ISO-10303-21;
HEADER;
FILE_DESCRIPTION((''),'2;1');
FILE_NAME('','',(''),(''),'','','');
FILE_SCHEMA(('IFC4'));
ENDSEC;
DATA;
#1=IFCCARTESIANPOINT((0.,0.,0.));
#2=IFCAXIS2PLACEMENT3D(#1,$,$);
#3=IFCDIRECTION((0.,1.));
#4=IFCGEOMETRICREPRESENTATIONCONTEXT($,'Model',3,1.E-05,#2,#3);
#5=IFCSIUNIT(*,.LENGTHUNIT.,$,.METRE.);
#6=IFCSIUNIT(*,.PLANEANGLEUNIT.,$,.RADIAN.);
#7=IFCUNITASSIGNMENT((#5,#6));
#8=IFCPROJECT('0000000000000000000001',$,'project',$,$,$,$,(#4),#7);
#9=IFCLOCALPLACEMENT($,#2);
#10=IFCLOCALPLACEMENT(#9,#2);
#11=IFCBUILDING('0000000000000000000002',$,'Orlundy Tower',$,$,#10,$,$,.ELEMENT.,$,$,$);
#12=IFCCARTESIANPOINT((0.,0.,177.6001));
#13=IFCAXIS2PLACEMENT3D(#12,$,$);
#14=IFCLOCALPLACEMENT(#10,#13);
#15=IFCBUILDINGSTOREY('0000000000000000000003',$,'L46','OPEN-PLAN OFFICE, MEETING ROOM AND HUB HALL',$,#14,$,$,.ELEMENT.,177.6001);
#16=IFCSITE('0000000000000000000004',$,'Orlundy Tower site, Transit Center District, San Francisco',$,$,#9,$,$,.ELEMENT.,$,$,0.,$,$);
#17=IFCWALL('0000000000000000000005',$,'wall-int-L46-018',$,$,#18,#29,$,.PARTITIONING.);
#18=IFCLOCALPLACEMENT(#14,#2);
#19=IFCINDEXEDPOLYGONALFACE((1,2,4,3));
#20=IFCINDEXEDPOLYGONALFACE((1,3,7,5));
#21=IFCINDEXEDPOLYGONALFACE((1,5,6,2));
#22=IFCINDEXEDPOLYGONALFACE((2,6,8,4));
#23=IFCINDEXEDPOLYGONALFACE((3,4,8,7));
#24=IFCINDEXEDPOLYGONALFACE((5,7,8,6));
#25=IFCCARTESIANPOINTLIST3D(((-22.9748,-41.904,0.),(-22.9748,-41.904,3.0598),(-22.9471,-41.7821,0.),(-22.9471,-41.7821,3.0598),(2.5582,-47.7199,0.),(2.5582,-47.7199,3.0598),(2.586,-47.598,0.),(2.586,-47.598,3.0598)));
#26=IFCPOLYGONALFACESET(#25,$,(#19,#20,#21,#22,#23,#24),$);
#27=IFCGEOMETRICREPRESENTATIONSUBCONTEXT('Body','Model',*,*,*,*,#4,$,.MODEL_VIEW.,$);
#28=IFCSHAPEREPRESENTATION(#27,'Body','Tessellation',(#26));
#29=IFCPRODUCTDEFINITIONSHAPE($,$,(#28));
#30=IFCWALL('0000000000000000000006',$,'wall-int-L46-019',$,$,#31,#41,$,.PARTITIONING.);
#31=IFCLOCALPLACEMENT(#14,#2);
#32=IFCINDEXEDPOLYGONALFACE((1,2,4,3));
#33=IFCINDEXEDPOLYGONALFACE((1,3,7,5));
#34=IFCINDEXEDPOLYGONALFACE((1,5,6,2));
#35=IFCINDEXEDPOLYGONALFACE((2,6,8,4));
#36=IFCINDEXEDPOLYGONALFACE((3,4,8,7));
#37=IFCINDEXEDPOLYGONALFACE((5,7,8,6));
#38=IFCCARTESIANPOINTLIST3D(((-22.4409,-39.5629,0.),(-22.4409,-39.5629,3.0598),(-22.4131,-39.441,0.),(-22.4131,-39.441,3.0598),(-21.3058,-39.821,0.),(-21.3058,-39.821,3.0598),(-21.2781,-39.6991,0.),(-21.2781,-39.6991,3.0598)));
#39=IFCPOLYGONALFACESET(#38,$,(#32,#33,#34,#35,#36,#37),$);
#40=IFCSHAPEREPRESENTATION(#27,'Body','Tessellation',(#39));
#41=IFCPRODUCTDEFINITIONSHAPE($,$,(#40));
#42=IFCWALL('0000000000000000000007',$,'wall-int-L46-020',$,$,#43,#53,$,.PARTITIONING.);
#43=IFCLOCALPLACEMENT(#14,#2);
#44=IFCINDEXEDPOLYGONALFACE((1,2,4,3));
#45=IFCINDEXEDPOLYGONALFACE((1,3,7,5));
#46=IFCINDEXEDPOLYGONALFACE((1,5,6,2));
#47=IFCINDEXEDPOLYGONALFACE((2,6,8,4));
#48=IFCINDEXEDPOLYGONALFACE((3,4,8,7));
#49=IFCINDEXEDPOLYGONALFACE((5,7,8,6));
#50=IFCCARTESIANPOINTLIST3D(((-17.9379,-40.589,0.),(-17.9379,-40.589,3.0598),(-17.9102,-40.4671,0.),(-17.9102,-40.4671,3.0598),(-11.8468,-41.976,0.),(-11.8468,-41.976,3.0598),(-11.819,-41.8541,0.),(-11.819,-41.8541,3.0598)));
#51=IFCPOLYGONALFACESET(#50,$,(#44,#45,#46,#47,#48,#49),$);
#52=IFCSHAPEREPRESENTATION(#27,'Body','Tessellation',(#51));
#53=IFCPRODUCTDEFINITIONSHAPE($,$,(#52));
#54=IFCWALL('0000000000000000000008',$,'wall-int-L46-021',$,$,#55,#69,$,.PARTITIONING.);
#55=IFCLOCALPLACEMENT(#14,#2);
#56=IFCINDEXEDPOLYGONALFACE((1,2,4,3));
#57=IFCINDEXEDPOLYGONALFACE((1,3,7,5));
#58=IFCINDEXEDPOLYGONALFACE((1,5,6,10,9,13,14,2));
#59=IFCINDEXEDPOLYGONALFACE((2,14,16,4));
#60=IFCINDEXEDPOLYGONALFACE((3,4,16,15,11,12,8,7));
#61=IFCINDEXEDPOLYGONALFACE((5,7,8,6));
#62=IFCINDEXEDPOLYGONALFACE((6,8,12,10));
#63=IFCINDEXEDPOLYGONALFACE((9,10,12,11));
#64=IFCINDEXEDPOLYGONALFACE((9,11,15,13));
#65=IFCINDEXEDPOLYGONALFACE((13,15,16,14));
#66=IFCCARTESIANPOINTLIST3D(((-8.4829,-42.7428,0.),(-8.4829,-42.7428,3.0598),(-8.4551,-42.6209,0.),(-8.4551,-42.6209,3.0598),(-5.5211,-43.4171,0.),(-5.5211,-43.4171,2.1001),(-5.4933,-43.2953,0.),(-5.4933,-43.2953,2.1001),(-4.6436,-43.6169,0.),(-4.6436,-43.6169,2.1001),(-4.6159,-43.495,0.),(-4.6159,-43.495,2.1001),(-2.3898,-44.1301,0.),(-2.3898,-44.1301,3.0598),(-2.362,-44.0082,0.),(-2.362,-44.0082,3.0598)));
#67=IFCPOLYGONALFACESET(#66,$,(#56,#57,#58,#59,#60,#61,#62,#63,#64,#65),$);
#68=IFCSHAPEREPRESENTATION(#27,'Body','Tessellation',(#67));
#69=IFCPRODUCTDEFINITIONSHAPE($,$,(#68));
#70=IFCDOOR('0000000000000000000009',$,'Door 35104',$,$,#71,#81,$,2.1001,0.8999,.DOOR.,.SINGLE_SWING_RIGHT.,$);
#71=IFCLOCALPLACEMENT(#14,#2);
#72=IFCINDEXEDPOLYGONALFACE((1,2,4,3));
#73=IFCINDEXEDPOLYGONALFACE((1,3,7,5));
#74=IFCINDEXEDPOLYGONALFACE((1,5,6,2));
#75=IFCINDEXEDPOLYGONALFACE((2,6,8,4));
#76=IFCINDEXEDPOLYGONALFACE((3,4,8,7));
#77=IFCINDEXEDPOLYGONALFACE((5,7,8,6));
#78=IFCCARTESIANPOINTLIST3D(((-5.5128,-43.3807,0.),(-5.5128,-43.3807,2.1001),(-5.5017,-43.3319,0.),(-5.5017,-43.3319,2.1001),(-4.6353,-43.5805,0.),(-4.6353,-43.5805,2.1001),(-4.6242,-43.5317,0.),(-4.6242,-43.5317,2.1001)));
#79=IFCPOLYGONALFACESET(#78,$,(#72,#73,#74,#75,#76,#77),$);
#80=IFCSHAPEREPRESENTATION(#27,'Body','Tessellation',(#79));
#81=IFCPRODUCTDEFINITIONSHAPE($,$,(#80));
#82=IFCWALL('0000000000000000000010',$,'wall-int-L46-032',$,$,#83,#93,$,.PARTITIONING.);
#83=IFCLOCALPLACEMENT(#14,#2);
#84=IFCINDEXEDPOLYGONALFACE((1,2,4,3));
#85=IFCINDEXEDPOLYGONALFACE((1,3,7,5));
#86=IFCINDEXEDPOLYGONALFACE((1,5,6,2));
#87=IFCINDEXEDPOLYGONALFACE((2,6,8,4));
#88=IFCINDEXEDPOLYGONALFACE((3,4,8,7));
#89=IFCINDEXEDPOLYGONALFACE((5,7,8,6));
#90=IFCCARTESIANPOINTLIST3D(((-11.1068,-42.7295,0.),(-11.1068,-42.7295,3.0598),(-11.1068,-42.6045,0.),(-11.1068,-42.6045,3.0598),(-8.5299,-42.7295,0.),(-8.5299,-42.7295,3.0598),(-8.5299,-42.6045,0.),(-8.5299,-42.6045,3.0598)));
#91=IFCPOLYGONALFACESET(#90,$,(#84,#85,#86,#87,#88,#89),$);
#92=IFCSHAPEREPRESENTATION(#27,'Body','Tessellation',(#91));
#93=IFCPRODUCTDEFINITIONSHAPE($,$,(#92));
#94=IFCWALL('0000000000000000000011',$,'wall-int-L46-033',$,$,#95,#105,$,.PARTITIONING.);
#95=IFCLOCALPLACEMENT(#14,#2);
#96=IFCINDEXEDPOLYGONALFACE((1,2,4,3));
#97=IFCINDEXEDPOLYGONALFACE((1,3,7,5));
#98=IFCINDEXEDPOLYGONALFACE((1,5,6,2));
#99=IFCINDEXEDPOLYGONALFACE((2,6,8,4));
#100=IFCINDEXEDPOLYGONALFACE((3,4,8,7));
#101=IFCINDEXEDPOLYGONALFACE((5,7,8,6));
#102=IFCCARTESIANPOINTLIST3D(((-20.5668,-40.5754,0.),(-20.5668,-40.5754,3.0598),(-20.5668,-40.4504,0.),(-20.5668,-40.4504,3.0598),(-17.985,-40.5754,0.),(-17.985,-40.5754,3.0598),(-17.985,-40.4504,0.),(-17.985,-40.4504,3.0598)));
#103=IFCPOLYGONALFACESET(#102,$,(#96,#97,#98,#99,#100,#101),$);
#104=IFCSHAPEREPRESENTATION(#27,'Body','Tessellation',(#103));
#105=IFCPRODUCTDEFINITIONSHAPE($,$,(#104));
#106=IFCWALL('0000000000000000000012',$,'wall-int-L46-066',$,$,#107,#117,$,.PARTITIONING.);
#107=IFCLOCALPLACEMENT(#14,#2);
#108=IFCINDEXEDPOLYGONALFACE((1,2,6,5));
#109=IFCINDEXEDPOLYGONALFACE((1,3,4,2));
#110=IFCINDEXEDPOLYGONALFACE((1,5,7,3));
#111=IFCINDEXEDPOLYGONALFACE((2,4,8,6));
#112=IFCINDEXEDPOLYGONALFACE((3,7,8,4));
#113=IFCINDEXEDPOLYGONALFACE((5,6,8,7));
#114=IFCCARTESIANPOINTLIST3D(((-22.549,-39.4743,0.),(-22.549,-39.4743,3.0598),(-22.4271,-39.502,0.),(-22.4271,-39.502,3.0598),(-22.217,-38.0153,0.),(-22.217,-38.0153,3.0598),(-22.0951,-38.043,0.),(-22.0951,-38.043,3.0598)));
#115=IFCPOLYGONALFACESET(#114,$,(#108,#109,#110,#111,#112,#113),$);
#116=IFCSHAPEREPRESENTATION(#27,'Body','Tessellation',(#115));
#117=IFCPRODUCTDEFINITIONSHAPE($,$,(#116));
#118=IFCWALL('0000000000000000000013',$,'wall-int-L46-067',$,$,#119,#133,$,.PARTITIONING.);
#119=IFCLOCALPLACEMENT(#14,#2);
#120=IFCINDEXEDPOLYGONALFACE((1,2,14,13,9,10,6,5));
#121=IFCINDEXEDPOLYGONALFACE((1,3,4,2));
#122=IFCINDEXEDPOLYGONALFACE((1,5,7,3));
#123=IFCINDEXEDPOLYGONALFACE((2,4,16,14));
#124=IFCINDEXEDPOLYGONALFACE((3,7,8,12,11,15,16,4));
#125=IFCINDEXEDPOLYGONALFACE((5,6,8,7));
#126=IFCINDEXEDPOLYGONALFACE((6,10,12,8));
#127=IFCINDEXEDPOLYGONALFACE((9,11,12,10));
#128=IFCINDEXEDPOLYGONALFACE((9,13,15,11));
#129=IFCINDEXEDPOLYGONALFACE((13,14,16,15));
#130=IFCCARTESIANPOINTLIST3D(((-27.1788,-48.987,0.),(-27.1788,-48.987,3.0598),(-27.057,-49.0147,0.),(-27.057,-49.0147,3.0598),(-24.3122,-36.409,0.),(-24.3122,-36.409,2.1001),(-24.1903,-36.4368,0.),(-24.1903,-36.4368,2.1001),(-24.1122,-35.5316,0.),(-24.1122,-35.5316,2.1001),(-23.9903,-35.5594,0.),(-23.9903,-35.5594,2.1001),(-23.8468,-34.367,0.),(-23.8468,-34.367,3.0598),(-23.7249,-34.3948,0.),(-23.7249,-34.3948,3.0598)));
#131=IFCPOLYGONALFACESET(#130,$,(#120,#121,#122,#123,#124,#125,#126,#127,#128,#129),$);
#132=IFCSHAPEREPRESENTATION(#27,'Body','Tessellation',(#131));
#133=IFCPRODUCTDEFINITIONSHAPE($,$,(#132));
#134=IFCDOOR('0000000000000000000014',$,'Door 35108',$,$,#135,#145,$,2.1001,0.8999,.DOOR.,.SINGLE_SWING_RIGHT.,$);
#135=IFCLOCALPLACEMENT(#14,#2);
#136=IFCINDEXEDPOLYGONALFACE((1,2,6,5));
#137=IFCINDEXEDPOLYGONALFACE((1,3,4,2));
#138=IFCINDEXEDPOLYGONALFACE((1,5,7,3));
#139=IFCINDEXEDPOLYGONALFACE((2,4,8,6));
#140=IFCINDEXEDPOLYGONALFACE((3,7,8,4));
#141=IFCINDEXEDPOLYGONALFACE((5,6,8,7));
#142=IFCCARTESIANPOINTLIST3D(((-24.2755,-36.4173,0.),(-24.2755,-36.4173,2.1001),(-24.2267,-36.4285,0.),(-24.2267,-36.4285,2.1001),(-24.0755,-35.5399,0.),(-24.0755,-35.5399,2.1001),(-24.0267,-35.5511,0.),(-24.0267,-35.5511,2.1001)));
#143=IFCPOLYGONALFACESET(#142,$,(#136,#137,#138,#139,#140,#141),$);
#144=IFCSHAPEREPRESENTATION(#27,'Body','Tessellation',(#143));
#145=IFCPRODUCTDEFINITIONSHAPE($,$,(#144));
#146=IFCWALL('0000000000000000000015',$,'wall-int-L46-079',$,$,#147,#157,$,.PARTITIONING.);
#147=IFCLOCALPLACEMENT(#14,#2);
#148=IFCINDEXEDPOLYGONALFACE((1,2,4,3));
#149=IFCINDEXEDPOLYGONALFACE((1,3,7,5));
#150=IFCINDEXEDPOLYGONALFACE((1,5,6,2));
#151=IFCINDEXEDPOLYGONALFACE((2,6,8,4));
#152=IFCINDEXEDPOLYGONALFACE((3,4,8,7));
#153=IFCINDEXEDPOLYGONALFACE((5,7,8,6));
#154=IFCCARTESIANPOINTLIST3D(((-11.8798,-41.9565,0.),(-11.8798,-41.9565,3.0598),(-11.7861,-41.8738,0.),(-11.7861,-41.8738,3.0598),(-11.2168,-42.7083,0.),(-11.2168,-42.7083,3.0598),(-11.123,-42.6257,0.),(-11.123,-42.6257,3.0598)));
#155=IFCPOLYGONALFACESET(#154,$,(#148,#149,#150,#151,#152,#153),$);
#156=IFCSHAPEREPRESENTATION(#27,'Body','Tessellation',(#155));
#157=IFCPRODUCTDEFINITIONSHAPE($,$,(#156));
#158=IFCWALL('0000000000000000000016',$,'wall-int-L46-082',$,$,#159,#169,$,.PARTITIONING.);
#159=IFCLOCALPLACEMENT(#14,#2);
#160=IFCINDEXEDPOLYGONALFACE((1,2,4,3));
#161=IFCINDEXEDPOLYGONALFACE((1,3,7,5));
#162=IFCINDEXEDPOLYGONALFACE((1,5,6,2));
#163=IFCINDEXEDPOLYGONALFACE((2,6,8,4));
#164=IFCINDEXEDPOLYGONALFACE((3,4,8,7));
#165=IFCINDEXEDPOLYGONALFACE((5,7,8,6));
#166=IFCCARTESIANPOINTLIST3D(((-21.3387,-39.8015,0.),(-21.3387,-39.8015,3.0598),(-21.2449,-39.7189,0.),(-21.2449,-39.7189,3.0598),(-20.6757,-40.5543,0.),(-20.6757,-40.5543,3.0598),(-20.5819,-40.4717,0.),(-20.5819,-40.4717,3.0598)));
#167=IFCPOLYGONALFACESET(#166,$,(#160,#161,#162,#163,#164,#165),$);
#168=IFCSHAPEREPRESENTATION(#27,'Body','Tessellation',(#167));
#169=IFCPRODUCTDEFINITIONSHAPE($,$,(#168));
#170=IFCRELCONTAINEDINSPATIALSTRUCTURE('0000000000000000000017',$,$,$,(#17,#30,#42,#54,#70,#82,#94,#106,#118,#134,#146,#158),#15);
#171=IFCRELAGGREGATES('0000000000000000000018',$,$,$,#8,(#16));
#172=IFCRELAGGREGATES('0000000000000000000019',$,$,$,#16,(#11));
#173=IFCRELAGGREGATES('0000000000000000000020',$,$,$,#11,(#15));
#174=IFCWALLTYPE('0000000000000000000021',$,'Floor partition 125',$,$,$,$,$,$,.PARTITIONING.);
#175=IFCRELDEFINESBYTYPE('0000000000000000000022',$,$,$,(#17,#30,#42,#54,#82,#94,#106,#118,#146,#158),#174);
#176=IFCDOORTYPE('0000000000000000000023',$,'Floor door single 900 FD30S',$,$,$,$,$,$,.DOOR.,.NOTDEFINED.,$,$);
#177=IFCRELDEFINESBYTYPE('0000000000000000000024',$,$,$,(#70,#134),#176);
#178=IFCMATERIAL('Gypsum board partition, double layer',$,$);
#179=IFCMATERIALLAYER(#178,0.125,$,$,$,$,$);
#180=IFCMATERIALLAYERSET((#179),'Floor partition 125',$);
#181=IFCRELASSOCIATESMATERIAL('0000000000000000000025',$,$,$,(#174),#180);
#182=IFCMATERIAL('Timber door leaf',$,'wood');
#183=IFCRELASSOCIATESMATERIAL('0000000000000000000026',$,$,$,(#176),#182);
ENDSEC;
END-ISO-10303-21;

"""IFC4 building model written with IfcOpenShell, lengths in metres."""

from ifc_helpers import new_model, si_unit, direction, frame, frame_2d, origin, place, context, subcontext, project, spatial, rectangle, extrude, material, layer, layer_set, type_object, element, fill, save


model = new_model("IFC4")

# Units and contexts
model_context = context("Model", 3, precision=1e-05, world=origin(), true_north=direction((0.0, 1.0)))
body_context = subcontext(model_context, "Body", "Model", "MODEL_VIEW")
ifc_project = project(units=[si_unit("LENGTHUNIT", "METRE"), si_unit("PLANEANGLEUNIT", "RADIAN")], contexts=[model_context])

# Site, building, storey
site_placement = place(None, origin())
site = spatial("IfcSite", under=ifc_project, at=site_placement, Name="Orlundy Tower site, Transit Center District, San Francisco", CompositionType="ELEMENT", RefElevation=0.0)
building_placement = place(site_placement, origin())
building = spatial("IfcBuilding", under=site, at=building_placement, Name="Orlundy Tower", CompositionType="ELEMENT")
storey_placement = place(building_placement, frame((0.0, 0.0, 177.6001)))
storey = spatial("IfcBuildingStorey", under=building, at=storey_placement, Name="L46", Description="OPEN-PLAN OFFICE, MEETING ROOM AND HUB HALL", CompositionType="ELEMENT", Elevation=177.6001)

# Walls
ifc_material_1 = material(Name="Gypsum board partition, double layer")
ifc_layer_1 = layer(ifc_material_1, 0.125)
ifc_layer_set_1 = layer_set([ifc_layer_1], Name="Floor partition 125")
wall_type_1 = type_object("IfcWallType", Name="Floor partition 125", PredefinedType="PARTITIONING", material=ifc_layer_set_1)
wall_1_placement = place(storey_placement, frame((-22.9609, -41.843, 0.0), z_axis=(0.0, 0.0, 1.0), x_axis=(0.975026, -0.222092, 0.0)))
element("IfcWall", 1, at=wall_1_placement, inside=storey, type_object=wall_type_1, Name="wall-int-L46-018", PredefinedType="PARTITIONING", context=body_context, shape_type="SweptSolid", body=[
    extrude(rectangle(XDim=26.187, YDim=0.125, at=frame_2d((13.0935, 0.0))), origin(), (0.0, 0.0, 1.0), 3.0598),
])
wall_2_placement = place(storey_placement, frame((-22.427, -39.502, 0.0), z_axis=(0.0, 0.0, 1.0), x_axis=(0.975114, -0.221703, 0.0)))
element("IfcWall", 2, at=wall_2_placement, inside=storey, type_object=wall_type_1, Name="wall-int-L46-019", PredefinedType="PARTITIONING", context=body_context, shape_type="SweptSolid", body=[
    extrude(rectangle(XDim=1.1641, YDim=0.125, at=frame_2d((0.582, 0.0))), origin(), (0.0, 0.0, 1.0), 3.0598),
])
wall_3_placement = place(storey_placement, frame((-17.9241, -40.5281, 0.0), z_axis=(0.0, 0.0, 1.0), x_axis=(0.975042, -0.222021, 0.0)))
element("IfcWall", 3, at=wall_3_placement, inside=storey, type_object=wall_type_1, Name="wall-int-L46-020", PredefinedType="PARTITIONING", context=body_context, shape_type="SweptSolid", body=[
    extrude(rectangle(XDim=6.2471, YDim=0.125, at=frame_2d((3.1235, 0.0))), origin(), (0.0, 0.0, 1.0), 3.0598),
])

# Wall, opening, door
wall_4_placement = place(storey_placement, frame((-8.469, -42.6819, 0.0), z_axis=(0.0, 0.0, 1.0), x_axis=(0.975049, -0.221991, 0.0)))
wall_4 = element("IfcWall", 4, at=wall_4_placement, inside=storey, type_object=wall_type_1, Name="wall-int-L46-021", PredefinedType="PARTITIONING", context=body_context, shape_type="SweptSolid", body=[
    extrude(rectangle(XDim=6.249, YDim=0.125, at=frame_2d((3.1245, 0.0))), origin(), (0.0, 0.0, 1.0), 3.0598),
])
opening_1_placement = place(wall_4_placement, frame((3.0376, 0.0, 0.0)))
opening_1 = element("IfcOpeningElement", 5, at=opening_1_placement, cuts=wall_4, PredefinedType="OPENING", context=body_context, shape_type="SweptSolid", body=[
    extrude(rectangle(XDim=0.8999, YDim=2.1001, at=frame_2d((0.45, 1.05))), frame((0.0, 0.0725, 0.0), z_axis=(0.0, -1.0, 0.0), x_axis=(1.0, 0.0, 0.0)), (0.0, 0.0, 1.0), 0.145),
])
ifc_material_2 = material(Name="Timber door leaf", Category="wood")
door_type = type_object("IfcDoorType", Name="Floor door single 900 FD30S", OperationType="NOTDEFINED", PredefinedType="DOOR", material=ifc_material_2)
door_1_placement = place(opening_1_placement, origin())
door_1 = element("IfcDoor", 6, at=door_1_placement, inside=storey, type_object=door_type, Name="Door 35104", OperationType="SINGLE_SWING_RIGHT", OverallHeight=2.1001, OverallWidth=0.8999, PredefinedType="DOOR", context=body_context, shape_type="SweptSolid", body=[
    extrude(rectangle(XDim=0.8999, YDim=2.1001, at=frame_2d((0.45, 1.05))), frame((0.0, 0.0249, 0.0), z_axis=(0.0, -1.0, 0.0), x_axis=(1.0, 0.0, 0.0)), (0.0, 0.0, 1.0), 0.05),
])
fill(opening_1, door_1)

# Walls
wall_5_placement = place(storey_placement, frame((-11.1069, -42.667, 0.0), z_axis=(0.0, 0.0, 1.0), x_axis=(1.0, 0.0, 0.0)))
element("IfcWall", 7, at=wall_5_placement, inside=storey, type_object=wall_type_1, Name="wall-int-L46-032", PredefinedType="PARTITIONING", context=body_context, shape_type="SweptSolid", body=[
    extrude(rectangle(XDim=2.5769, YDim=0.125, at=frame_2d((1.2886, 0.0))), origin(), (0.0, 0.0, 1.0), 3.0598),
])
wall_6_placement = place(storey_placement, frame((-20.5669, -40.5129, 0.0), z_axis=(0.0, 0.0, 1.0), x_axis=(1.0, 0.0, 0.0)))
element("IfcWall", 8, at=wall_6_placement, inside=storey, type_object=wall_type_1, Name="wall-int-L46-033", PredefinedType="PARTITIONING", context=body_context, shape_type="SweptSolid", body=[
    extrude(rectangle(XDim=2.5818, YDim=0.125, at=frame_2d((1.291, 0.0))), origin(), (0.0, 0.0, 1.0), 3.0598),
])
wall_7_placement = place(storey_placement, frame((-22.488, -39.488, 0.0), z_axis=(0.0, 0.0, 1.0), x_axis=(0.221903, 0.975069, 0.0)))
element("IfcWall", 9, at=wall_7_placement, inside=storey, type_object=wall_type_1, Name="wall-int-L46-066", PredefinedType="PARTITIONING", context=body_context, shape_type="SweptSolid", body=[
    extrude(rectangle(XDim=1.4963, YDim=0.125, at=frame_2d((0.748, 0.0))), origin(), (0.0, 0.0, 1.0), 3.0598),
])

# Wall, opening, door
wall_8_placement = place(storey_placement, frame((-27.1179, -49.001, 0.0), z_axis=(0.0, 0.0, 1.0), x_axis=(0.222213, 0.974998, 0.0)))
wall_8 = element("IfcWall", 10, at=wall_8_placement, inside=storey, type_object=wall_type_1, Name="wall-int-L46-067", PredefinedType="PARTITIONING", context=body_context, shape_type="SweptSolid", body=[
    extrude(rectangle(XDim=14.9949, YDim=0.125, at=frame_2d((7.4976, 0.0))), origin(), (0.0, 0.0, 1.0), 3.0598),
])
opening_2_placement = place(wall_8_placement, frame((12.9006, 0.0, 0.0)))
opening_2 = element("IfcOpeningElement", 11, at=opening_2_placement, cuts=wall_8, PredefinedType="OPENING", context=body_context, shape_type="SweptSolid", body=[
    extrude(rectangle(XDim=0.8999, YDim=2.1001, at=frame_2d((0.45, 1.05))), frame((0.0, 0.0725, 0.0), z_axis=(0.0, -1.0, 0.0), x_axis=(1.0, 0.0, 0.0)), (0.0, 0.0, 1.0), 0.145),
])
door_2_placement = place(opening_2_placement, origin())
door_2 = element("IfcDoor", 12, at=door_2_placement, inside=storey, type_object=door_type, Name="Door 35108", OperationType="SINGLE_SWING_RIGHT", OverallHeight=2.1001, OverallWidth=0.8999, PredefinedType="DOOR", context=body_context, shape_type="SweptSolid", body=[
    extrude(rectangle(XDim=0.8999, YDim=2.1001, at=frame_2d((0.45, 1.05))), frame((0.0, 0.0249, 0.0), z_axis=(0.0, -1.0, 0.0), x_axis=(1.0, 0.0, 0.0)), (0.0, 0.0, 1.0), 0.05),
])
fill(opening_2, door_2)

# Walls
wall_9_placement = place(storey_placement, frame((-11.1699, -42.667, 0.0), z_axis=(0.0, 0.0, 1.0), x_axis=(-0.661396, 0.750037, 0.0)))
element("IfcWall", 13, at=wall_9_placement, inside=storey, type_object=wall_type_1, Name="wall-int-L46-079", PredefinedType="PARTITIONING", context=body_context, shape_type="SweptSolid", body=[
    extrude(rectangle(XDim=1.0024, YDim=0.125, at=frame_2d((0.5012, 0.0))), origin(), (0.0, 0.0, 1.0), 3.0598),
])
wall_10_placement = place(storey_placement, frame((-20.6289, -40.5129, 0.0), z_axis=(0.0, 0.0, 1.0), x_axis=(-0.660913, 0.750462, 0.0)))
element("IfcWall", 14, at=wall_10_placement, inside=storey, type_object=wall_type_1, Name="wall-int-L46-082", PredefinedType="PARTITIONING", context=body_context, shape_type="SweptSolid", body=[
    extrude(rectangle(XDim=1.0032, YDim=0.125, at=frame_2d((0.5015, 0.0))), origin(), (0.0, 0.0, 1.0), 3.0598),
])

save(model, "model.ifc")
